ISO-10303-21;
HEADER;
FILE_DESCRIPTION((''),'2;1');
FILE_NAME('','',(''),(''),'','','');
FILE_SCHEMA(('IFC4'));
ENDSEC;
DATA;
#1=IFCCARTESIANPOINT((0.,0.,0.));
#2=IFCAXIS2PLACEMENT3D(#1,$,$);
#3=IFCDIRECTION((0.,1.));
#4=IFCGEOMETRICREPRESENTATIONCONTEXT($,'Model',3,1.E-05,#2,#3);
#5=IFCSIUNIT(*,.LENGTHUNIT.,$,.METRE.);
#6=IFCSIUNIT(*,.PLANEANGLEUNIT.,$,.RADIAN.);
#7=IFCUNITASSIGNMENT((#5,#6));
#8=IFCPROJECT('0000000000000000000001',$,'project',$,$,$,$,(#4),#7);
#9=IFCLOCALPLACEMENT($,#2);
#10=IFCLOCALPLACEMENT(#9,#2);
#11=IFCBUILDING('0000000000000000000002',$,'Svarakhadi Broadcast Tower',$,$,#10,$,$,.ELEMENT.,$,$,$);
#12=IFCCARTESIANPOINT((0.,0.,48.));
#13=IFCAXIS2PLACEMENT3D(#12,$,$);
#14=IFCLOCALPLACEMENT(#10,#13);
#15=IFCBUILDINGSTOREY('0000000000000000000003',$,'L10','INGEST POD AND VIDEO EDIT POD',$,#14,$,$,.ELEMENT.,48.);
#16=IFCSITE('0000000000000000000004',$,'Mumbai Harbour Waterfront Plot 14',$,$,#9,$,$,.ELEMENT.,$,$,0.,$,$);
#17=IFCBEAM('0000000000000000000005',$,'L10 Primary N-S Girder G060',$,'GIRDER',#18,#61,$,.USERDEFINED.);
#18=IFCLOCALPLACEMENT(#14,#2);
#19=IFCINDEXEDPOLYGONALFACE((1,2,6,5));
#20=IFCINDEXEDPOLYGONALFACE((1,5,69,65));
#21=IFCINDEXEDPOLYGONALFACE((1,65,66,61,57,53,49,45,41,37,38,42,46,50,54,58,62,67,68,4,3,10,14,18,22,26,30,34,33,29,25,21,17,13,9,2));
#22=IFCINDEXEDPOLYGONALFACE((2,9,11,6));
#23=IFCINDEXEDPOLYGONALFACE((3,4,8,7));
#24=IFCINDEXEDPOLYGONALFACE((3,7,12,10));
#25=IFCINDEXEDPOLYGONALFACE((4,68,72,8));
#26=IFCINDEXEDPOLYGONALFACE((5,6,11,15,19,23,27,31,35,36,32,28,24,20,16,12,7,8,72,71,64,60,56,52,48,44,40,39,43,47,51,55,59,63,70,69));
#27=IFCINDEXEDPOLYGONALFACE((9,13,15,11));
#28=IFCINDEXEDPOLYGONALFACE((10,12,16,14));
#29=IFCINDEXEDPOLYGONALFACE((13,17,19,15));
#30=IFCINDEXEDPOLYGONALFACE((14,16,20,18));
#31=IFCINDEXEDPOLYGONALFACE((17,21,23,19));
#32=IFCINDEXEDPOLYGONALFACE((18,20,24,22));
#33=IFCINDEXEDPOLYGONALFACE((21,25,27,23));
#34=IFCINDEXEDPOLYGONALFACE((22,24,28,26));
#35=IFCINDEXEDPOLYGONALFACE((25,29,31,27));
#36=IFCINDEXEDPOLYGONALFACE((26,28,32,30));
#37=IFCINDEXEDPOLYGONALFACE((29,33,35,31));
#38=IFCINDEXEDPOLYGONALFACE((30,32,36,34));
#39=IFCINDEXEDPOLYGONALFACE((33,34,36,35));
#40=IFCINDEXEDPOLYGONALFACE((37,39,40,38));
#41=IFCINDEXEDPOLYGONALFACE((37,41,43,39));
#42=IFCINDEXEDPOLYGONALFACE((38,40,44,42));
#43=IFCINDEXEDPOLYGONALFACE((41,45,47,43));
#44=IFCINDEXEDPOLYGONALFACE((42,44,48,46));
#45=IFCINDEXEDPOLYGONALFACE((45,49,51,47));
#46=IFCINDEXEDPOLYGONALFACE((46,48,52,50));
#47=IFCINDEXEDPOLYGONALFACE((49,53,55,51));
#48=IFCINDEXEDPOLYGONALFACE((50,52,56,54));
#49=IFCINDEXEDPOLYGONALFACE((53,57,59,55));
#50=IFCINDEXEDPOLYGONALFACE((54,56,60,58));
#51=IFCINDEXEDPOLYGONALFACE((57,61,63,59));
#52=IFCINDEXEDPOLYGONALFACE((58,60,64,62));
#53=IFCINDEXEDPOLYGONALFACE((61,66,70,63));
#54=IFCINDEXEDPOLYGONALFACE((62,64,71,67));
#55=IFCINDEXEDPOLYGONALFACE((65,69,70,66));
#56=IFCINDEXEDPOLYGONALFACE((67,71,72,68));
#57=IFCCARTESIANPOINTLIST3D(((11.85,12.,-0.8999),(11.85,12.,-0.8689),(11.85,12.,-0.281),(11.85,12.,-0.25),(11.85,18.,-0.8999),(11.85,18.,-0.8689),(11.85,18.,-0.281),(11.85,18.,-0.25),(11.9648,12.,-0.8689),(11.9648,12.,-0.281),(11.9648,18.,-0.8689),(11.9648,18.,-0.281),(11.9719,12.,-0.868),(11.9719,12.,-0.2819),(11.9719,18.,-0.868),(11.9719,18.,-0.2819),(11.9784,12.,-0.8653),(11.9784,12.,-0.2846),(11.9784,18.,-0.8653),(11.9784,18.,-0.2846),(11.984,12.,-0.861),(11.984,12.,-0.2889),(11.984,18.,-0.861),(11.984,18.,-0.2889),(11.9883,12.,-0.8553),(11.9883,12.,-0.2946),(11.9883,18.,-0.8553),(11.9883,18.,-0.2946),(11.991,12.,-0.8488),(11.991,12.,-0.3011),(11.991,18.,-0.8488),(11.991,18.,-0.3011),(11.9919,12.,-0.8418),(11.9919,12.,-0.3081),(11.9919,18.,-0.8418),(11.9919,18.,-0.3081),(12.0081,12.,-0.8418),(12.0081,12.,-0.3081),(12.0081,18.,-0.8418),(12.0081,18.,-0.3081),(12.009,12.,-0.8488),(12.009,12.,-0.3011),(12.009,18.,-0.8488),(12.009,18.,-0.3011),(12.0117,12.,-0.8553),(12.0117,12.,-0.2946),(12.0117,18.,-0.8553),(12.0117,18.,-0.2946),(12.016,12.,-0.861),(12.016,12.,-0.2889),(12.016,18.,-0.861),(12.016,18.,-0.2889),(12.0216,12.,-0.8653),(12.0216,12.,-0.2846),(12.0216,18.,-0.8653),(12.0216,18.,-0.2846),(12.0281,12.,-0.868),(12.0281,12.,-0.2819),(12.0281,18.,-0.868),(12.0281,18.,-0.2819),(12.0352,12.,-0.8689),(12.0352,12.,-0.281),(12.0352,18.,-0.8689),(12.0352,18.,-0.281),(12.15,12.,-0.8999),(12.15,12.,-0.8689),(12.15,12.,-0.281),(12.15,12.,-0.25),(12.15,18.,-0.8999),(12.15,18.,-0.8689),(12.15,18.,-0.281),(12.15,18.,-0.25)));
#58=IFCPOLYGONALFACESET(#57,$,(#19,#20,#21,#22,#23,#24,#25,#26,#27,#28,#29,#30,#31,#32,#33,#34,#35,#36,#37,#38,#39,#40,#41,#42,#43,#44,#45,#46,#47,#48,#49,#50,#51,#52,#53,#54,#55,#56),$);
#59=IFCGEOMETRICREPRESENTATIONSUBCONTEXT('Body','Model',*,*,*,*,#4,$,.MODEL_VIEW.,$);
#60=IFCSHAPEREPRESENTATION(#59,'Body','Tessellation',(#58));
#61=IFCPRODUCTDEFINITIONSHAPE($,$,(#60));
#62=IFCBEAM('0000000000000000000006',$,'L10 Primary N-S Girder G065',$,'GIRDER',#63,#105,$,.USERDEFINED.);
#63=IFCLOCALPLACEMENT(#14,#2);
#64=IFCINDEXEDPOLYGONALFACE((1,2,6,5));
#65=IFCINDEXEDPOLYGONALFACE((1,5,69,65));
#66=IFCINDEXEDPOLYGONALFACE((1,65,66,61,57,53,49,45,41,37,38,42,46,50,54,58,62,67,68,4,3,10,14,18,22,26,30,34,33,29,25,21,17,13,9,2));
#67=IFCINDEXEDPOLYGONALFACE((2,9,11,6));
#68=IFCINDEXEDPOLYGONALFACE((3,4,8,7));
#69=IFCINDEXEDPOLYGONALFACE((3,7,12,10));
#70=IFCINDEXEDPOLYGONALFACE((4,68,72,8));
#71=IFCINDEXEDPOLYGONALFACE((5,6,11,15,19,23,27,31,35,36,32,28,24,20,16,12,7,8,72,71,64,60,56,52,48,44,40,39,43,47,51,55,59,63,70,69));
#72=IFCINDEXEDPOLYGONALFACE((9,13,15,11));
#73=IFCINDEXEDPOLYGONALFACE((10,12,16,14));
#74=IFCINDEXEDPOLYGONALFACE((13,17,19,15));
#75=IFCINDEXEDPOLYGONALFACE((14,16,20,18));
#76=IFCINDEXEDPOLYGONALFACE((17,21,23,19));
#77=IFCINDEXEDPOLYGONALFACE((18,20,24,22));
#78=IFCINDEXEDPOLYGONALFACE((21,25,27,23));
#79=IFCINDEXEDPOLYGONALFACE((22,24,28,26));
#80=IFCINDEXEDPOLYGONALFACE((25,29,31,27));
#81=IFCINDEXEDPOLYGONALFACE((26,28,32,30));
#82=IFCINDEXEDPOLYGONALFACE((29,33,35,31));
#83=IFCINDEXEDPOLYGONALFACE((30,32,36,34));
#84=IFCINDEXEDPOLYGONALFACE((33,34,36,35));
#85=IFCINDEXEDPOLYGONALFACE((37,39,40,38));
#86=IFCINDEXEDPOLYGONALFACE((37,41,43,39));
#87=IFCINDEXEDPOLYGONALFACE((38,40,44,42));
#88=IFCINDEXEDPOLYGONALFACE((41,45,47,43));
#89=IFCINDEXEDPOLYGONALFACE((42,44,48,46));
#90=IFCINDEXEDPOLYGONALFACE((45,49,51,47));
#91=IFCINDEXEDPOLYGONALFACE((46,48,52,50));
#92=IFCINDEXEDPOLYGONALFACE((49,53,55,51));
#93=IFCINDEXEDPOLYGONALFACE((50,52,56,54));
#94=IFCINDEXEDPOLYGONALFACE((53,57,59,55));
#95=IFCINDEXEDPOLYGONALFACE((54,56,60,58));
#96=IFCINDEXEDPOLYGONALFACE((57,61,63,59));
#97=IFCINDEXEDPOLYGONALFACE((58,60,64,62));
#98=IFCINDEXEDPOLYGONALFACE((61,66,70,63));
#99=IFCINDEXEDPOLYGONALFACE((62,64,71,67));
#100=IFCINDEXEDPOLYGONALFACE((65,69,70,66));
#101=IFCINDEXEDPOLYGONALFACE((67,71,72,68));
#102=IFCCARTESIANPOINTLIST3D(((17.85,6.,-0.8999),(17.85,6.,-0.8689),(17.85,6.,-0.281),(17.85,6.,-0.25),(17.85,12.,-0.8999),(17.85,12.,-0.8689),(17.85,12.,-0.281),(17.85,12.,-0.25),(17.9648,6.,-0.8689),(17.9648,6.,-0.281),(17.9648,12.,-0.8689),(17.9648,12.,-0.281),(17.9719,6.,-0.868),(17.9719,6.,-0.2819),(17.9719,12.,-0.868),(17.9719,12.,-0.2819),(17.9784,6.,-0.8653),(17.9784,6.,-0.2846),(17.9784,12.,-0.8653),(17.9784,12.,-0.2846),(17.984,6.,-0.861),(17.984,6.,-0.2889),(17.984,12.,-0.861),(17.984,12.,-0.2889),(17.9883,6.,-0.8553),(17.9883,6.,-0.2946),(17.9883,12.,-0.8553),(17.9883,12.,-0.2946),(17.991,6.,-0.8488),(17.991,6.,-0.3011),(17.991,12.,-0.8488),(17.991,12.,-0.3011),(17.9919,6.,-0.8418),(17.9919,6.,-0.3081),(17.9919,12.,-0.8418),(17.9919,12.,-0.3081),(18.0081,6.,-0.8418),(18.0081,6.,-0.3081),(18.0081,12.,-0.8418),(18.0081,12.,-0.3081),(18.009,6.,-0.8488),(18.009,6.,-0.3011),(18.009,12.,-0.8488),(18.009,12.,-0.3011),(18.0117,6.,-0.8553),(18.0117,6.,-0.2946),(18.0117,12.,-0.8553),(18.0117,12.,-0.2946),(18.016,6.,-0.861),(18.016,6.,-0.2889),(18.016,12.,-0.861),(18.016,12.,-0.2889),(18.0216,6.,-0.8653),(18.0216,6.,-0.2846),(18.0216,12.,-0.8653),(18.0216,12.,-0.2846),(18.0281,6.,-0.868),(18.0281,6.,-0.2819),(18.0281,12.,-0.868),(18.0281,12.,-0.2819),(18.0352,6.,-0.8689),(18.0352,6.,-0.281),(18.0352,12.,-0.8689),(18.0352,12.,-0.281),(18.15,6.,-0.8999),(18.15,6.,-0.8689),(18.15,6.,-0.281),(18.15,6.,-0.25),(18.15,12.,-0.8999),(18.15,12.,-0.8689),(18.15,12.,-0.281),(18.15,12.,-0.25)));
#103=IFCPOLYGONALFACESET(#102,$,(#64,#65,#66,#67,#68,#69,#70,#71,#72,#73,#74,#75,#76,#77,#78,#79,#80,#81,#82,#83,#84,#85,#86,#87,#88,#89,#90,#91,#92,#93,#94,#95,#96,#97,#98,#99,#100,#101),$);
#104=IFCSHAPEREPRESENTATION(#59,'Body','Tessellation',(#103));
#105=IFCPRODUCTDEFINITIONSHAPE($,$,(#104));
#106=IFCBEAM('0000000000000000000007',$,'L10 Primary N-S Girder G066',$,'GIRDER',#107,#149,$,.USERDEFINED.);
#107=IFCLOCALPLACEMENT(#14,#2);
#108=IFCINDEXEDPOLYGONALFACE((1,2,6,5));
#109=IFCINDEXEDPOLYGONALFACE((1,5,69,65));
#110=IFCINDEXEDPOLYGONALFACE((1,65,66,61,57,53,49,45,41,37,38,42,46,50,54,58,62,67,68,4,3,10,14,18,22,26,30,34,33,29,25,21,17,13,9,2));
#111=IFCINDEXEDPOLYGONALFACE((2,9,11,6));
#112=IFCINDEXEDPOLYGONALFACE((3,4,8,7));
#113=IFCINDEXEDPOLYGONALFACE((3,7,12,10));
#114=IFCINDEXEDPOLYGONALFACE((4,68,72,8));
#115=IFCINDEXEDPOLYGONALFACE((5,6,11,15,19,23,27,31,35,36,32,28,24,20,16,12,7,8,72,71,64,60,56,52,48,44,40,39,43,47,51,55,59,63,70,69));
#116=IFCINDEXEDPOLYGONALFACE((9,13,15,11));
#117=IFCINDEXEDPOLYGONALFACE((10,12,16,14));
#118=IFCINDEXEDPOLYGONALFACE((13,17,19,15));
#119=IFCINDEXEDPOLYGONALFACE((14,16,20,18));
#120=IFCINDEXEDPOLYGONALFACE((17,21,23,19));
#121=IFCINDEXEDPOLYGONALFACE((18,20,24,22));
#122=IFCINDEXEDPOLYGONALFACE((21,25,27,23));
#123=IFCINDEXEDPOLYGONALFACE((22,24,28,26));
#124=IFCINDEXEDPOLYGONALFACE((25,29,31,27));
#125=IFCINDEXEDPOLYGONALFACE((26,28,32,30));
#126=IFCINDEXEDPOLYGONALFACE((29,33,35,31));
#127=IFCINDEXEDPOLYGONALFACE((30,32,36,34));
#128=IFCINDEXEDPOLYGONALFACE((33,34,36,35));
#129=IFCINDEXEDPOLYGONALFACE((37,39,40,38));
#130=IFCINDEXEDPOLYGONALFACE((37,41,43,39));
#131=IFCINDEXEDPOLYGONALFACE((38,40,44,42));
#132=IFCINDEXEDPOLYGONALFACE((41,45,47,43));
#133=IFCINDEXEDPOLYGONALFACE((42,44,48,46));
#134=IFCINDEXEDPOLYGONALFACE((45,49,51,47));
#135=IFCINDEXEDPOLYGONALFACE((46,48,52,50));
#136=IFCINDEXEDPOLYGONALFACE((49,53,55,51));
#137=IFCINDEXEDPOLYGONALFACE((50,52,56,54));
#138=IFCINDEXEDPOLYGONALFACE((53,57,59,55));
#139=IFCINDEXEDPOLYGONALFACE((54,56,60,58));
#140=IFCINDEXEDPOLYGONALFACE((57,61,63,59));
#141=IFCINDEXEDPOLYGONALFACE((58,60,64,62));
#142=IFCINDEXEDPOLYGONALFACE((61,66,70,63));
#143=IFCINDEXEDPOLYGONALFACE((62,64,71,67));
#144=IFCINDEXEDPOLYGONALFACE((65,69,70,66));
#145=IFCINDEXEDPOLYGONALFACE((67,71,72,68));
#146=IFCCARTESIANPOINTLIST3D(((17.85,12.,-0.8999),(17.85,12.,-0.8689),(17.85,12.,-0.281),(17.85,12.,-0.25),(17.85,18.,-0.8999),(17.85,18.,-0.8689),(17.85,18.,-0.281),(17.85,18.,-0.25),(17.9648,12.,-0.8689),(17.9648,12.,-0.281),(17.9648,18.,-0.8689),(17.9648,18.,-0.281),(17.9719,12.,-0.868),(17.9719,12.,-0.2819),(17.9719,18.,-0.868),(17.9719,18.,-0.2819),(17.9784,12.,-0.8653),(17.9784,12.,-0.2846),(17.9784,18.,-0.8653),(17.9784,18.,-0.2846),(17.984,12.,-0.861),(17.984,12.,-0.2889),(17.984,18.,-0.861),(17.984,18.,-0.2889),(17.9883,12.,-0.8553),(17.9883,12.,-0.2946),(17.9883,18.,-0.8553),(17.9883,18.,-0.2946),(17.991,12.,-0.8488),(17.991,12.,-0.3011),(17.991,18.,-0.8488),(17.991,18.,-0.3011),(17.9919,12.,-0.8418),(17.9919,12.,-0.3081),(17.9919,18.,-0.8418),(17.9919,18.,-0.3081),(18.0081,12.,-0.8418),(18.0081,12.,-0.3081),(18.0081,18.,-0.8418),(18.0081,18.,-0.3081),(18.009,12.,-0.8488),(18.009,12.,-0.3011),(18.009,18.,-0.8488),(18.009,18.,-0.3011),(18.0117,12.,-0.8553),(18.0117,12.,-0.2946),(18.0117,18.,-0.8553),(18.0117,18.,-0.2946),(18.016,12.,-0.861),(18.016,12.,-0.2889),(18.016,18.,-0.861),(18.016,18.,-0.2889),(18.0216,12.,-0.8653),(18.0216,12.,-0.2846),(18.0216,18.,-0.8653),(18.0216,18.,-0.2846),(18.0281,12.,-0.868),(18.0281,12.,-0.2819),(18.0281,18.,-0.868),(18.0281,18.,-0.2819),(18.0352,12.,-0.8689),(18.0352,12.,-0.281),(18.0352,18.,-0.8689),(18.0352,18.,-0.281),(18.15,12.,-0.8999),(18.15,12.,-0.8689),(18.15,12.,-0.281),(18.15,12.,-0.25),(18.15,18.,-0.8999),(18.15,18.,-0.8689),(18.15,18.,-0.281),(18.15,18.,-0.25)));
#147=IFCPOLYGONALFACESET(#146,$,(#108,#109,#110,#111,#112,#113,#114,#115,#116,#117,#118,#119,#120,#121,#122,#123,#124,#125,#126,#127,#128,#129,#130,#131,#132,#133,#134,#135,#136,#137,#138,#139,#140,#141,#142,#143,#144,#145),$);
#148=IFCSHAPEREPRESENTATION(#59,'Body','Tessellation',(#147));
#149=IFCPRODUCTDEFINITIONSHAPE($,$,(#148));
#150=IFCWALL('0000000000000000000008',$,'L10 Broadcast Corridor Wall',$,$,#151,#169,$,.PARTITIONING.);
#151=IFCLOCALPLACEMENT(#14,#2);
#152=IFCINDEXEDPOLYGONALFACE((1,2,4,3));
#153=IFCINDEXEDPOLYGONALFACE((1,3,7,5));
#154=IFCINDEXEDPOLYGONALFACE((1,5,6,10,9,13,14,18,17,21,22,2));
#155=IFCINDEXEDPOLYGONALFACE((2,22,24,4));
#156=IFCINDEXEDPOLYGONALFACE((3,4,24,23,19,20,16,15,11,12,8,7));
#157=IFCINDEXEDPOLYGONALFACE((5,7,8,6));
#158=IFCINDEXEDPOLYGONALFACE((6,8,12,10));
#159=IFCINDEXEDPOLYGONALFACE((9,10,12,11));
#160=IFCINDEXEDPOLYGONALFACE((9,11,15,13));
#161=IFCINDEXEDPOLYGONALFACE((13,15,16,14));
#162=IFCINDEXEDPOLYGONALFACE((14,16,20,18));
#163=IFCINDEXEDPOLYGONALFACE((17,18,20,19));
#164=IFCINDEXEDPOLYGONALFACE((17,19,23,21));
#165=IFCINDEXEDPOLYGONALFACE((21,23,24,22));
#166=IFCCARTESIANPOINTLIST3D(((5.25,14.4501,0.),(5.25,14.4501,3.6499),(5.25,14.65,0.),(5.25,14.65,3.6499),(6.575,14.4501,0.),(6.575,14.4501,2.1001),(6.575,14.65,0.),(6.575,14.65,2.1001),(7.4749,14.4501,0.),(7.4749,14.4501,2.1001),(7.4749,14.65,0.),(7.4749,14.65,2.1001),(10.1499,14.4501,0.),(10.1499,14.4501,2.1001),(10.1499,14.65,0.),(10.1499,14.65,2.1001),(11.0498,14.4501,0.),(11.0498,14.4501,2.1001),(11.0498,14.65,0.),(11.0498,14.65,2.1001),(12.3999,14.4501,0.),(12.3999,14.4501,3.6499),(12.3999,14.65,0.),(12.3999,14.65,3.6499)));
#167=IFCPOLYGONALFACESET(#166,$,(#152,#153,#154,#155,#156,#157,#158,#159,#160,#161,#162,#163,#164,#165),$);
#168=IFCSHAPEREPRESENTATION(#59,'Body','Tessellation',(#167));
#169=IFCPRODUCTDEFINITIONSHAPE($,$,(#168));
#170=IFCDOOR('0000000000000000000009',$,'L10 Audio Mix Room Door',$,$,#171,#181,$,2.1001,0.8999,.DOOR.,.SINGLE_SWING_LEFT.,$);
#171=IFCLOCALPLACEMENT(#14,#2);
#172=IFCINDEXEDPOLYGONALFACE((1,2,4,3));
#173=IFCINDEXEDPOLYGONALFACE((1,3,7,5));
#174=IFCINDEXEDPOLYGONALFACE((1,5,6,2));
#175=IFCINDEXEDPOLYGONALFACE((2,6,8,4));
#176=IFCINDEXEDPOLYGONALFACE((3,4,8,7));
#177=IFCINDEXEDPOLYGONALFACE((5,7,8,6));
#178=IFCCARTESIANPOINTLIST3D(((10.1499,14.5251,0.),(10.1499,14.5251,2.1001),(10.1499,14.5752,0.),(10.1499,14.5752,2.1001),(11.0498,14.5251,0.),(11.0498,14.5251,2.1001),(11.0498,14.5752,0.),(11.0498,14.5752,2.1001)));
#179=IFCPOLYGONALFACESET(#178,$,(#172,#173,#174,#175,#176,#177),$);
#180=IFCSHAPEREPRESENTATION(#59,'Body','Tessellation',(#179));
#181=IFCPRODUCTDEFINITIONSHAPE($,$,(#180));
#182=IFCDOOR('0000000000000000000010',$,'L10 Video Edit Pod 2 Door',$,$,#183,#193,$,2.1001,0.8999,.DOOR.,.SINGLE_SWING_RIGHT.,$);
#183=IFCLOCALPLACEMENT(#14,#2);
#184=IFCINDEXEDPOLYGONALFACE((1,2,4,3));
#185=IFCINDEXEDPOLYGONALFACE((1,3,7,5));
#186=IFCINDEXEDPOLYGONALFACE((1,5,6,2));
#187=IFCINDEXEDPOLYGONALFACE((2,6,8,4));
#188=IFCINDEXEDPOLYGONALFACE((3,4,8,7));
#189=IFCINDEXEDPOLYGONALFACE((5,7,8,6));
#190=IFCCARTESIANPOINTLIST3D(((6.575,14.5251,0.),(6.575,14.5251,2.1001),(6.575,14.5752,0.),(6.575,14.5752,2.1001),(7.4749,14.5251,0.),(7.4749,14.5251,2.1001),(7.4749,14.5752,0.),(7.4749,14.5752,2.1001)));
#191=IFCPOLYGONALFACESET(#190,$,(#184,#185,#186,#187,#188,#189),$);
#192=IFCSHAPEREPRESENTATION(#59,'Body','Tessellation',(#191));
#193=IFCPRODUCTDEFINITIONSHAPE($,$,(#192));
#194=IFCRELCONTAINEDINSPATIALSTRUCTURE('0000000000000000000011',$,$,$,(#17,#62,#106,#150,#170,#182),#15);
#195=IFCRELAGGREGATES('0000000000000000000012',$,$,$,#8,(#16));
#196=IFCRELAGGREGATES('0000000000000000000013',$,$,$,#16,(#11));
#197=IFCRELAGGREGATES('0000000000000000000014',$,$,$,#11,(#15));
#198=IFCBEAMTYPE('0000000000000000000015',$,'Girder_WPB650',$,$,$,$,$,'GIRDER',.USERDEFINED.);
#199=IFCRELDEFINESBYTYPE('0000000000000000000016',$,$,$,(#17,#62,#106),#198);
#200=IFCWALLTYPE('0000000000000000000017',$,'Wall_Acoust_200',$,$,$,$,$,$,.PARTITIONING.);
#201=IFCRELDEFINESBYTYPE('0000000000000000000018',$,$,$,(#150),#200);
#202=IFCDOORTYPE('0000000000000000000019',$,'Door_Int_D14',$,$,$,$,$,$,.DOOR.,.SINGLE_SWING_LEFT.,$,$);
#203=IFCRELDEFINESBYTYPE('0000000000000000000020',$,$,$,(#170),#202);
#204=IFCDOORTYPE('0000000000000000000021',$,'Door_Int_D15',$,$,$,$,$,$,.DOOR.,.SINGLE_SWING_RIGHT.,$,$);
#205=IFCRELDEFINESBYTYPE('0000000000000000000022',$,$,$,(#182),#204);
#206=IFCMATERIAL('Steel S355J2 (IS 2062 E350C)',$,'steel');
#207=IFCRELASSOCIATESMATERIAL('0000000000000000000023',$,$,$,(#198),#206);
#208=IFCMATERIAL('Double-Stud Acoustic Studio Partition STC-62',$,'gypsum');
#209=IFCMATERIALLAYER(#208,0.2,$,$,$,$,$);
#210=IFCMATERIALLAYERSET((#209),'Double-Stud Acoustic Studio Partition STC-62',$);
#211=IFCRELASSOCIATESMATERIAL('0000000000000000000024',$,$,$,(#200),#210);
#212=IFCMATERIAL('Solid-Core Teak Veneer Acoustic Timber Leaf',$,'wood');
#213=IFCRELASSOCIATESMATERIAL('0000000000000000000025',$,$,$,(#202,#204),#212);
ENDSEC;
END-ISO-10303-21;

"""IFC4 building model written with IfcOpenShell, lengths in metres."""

from ifc_helpers import new_model, si_unit, direction, frame, frame_2d, origin, origin_2d, place, context, subcontext, project, spatial, rectangle, i_section, extrude, material, layer, layer_set, material_profile, profile_set, type_object, element, fill, save


model = new_model("IFC4")

# Units and contexts
model_context = context("Model", 3, precision=1e-05, world=origin(), true_north=direction((0.0, 1.0)))
body_context = subcontext(model_context, "Body", "Model", "MODEL_VIEW")
ifc_project = project(units=[si_unit("LENGTHUNIT", "METRE"), si_unit("PLANEANGLEUNIT", "RADIAN")], contexts=[model_context])

# Site, building, storey
site_placement = place(None, origin())
site = spatial("IfcSite", under=ifc_project, at=site_placement, Name="Mumbai Harbour Waterfront Plot 14", CompositionType="ELEMENT", RefElevation=0.0)
building_placement = place(site_placement, origin())
building = spatial("IfcBuilding", under=site, at=building_placement, Name="Svarakhadi Broadcast Tower", CompositionType="ELEMENT")
storey_placement = place(building_placement, frame((0.0, 0.0, 48.0)))
storey = spatial("IfcBuildingStorey", under=building, at=storey_placement, Name="L10", Description="INGEST POD AND VIDEO EDIT POD", CompositionType="ELEMENT", Elevation=48.0)

# Beams
ifc_material_1 = material(Name="Steel S355J2 (IS 2062 E350C)", Category="steel")
ifc_material_profile_1 = material_profile(ifc_material_1, i_section(OverallWidth=0.3, OverallDepth=0.6499, WebThickness=0.0161, FlangeThickness=0.031, FilletRadius=0.0271, at=origin_2d()), Name="WPB 650x300x225")
ifc_profile_set_1 = profile_set([ifc_material_profile_1], Name="Steel S355J2 (IS 2062 E350C)")
beam_type_1 = type_object("IfcBeamType", Name="Girder_WPB650", ElementType="GIRDER", PredefinedType="USERDEFINED", material=ifc_profile_set_1)
for number, where, z_axis, x_axis, name in (
    (1, (12.0, 12.0, -0.575), (0.0, 1.0, 0.0), (-1.0, 0.0, 0.0), "L10 Primary N-S Girder G060"),
    (2, (18.0, 6.0, -0.575), (0.0, 1.0, 0.0), (-1.0, 0.0, 0.0), "L10 Primary N-S Girder G065"),
    (3, (18.0, 12.0, -0.575), (0.0, 1.0, 0.0), (-1.0, 0.0, 0.0), "L10 Primary N-S Girder G066"),
):
    element("IfcBeam", number, at=place(storey_placement, frame(where, z_axis=z_axis, x_axis=x_axis)), inside=storey, type_object=beam_type_1, Name=name, ObjectType="GIRDER", PredefinedType="USERDEFINED", context=body_context, shape_type="SweptSolid", body=[
        extrude(i_section(OverallWidth=0.3, OverallDepth=0.6499, WebThickness=0.0161, FlangeThickness=0.031, FilletRadius=0.0271, at=origin_2d()), origin(), (0.0, 0.0, 1.0), 6.0),
    ])

# Wall, openings, doors
ifc_material_2 = material(Name="Double-Stud Acoustic Studio Partition STC-62", Category="gypsum")
ifc_layer = layer(ifc_material_2, 0.2)
ifc_layer_set = layer_set([ifc_layer], Name="Double-Stud Acoustic Studio Partition STC-62")
wall_type = type_object("IfcWallType", Name="Wall_Acoust_200", PredefinedType="PARTITIONING", material=ifc_layer_set)
wall_1_placement = place(storey_placement, frame((12.3999, 14.55, 0.0), z_axis=(0.0, 0.0, 1.0), x_axis=(-1.0, 0.0, 0.0)))
wall_1 = element("IfcWall", 4, at=wall_1_placement, inside=storey, type_object=wall_type, Name="L10 Broadcast Corridor Wall", PredefinedType="PARTITIONING", context=body_context, shape_type="SweptSolid", body=[
    extrude(rectangle(XDim=7.1499, YDim=0.2, at=frame_2d((3.575, 0.0))), origin(), (0.0, 0.0, 1.0), 3.6499),
])
opening_1_placement = place(wall_1_placement, frame((4.925, 0.0, 0.0)))
opening_1 = element("IfcOpeningElement", 5, at=opening_1_placement, cuts=wall_1, PredefinedType="OPENING", context=body_context, shape_type="SweptSolid", body=[
    extrude(rectangle(XDim=0.8999, YDim=2.1001, at=frame_2d((0.45, 1.05))), frame((0.0, 0.1099, 0.0), z_axis=(0.0, -1.0, 0.0), x_axis=(1.0, 0.0, 0.0)), (0.0, 0.0, 1.0), 0.22),
])
opening_2_placement = place(wall_1_placement, frame((1.3501, 0.0, 0.0)))
opening_2 = element("IfcOpeningElement", 6, at=opening_2_placement, cuts=wall_1, PredefinedType="OPENING", context=body_context, shape_type="SweptSolid", body=[
    extrude(rectangle(XDim=0.8999, YDim=2.1001, at=frame_2d((0.45, 1.05))), frame((0.0, 0.1099, 0.0), z_axis=(0.0, -1.0, 0.0), x_axis=(1.0, 0.0, 0.0)), (0.0, 0.0, 1.0), 0.22),
])
ifc_material_3 = material(Name="Solid-Core Teak Veneer Acoustic Timber Leaf", Category="wood")
door_type_1 = type_object("IfcDoorType", Name="Door_Int_D14", OperationType="SINGLE_SWING_LEFT", PredefinedType="DOOR", material=ifc_material_3)
door_1_placement = place(opening_2_placement, origin())
door_1 = element("IfcDoor", 7, at=door_1_placement, inside=storey, type_object=door_type_1, Name="L10 Audio Mix Room Door", OperationType="SINGLE_SWING_LEFT", OverallHeight=2.1001, OverallWidth=0.8999, PredefinedType="DOOR", context=body_context, shape_type="SweptSolid", body=[
    extrude(rectangle(XDim=0.8999, YDim=2.1001, at=frame_2d((0.45, 1.05))), frame((0.0, 0.0249, 0.0), z_axis=(0.0, -1.0, 0.0), x_axis=(1.0, 0.0, 0.0)), (0.0, 0.0, 1.0), 0.05),
])
fill(opening_2, door_1)
door_type_2 = type_object("IfcDoorType", Name="Door_Int_D15", OperationType="SINGLE_SWING_RIGHT", PredefinedType="DOOR", material=ifc_material_3)
door_2_placement = place(opening_1_placement, origin())
door_2 = element("IfcDoor", 8, at=door_2_placement, inside=storey, type_object=door_type_2, Name="L10 Video Edit Pod 2 Door", OperationType="SINGLE_SWING_RIGHT", OverallHeight=2.1001, OverallWidth=0.8999, PredefinedType="DOOR", context=body_context, shape_type="SweptSolid", body=[
    extrude(rectangle(XDim=0.8999, YDim=2.1001, at=frame_2d((0.45, 1.05))), frame((0.0, 0.0249, 0.0), z_axis=(0.0, -1.0, 0.0), x_axis=(1.0, 0.0, 0.0)), (0.0, 0.0, 1.0), 0.05),
])
fill(opening_1, door_2)

save(model, "model.ifc")
